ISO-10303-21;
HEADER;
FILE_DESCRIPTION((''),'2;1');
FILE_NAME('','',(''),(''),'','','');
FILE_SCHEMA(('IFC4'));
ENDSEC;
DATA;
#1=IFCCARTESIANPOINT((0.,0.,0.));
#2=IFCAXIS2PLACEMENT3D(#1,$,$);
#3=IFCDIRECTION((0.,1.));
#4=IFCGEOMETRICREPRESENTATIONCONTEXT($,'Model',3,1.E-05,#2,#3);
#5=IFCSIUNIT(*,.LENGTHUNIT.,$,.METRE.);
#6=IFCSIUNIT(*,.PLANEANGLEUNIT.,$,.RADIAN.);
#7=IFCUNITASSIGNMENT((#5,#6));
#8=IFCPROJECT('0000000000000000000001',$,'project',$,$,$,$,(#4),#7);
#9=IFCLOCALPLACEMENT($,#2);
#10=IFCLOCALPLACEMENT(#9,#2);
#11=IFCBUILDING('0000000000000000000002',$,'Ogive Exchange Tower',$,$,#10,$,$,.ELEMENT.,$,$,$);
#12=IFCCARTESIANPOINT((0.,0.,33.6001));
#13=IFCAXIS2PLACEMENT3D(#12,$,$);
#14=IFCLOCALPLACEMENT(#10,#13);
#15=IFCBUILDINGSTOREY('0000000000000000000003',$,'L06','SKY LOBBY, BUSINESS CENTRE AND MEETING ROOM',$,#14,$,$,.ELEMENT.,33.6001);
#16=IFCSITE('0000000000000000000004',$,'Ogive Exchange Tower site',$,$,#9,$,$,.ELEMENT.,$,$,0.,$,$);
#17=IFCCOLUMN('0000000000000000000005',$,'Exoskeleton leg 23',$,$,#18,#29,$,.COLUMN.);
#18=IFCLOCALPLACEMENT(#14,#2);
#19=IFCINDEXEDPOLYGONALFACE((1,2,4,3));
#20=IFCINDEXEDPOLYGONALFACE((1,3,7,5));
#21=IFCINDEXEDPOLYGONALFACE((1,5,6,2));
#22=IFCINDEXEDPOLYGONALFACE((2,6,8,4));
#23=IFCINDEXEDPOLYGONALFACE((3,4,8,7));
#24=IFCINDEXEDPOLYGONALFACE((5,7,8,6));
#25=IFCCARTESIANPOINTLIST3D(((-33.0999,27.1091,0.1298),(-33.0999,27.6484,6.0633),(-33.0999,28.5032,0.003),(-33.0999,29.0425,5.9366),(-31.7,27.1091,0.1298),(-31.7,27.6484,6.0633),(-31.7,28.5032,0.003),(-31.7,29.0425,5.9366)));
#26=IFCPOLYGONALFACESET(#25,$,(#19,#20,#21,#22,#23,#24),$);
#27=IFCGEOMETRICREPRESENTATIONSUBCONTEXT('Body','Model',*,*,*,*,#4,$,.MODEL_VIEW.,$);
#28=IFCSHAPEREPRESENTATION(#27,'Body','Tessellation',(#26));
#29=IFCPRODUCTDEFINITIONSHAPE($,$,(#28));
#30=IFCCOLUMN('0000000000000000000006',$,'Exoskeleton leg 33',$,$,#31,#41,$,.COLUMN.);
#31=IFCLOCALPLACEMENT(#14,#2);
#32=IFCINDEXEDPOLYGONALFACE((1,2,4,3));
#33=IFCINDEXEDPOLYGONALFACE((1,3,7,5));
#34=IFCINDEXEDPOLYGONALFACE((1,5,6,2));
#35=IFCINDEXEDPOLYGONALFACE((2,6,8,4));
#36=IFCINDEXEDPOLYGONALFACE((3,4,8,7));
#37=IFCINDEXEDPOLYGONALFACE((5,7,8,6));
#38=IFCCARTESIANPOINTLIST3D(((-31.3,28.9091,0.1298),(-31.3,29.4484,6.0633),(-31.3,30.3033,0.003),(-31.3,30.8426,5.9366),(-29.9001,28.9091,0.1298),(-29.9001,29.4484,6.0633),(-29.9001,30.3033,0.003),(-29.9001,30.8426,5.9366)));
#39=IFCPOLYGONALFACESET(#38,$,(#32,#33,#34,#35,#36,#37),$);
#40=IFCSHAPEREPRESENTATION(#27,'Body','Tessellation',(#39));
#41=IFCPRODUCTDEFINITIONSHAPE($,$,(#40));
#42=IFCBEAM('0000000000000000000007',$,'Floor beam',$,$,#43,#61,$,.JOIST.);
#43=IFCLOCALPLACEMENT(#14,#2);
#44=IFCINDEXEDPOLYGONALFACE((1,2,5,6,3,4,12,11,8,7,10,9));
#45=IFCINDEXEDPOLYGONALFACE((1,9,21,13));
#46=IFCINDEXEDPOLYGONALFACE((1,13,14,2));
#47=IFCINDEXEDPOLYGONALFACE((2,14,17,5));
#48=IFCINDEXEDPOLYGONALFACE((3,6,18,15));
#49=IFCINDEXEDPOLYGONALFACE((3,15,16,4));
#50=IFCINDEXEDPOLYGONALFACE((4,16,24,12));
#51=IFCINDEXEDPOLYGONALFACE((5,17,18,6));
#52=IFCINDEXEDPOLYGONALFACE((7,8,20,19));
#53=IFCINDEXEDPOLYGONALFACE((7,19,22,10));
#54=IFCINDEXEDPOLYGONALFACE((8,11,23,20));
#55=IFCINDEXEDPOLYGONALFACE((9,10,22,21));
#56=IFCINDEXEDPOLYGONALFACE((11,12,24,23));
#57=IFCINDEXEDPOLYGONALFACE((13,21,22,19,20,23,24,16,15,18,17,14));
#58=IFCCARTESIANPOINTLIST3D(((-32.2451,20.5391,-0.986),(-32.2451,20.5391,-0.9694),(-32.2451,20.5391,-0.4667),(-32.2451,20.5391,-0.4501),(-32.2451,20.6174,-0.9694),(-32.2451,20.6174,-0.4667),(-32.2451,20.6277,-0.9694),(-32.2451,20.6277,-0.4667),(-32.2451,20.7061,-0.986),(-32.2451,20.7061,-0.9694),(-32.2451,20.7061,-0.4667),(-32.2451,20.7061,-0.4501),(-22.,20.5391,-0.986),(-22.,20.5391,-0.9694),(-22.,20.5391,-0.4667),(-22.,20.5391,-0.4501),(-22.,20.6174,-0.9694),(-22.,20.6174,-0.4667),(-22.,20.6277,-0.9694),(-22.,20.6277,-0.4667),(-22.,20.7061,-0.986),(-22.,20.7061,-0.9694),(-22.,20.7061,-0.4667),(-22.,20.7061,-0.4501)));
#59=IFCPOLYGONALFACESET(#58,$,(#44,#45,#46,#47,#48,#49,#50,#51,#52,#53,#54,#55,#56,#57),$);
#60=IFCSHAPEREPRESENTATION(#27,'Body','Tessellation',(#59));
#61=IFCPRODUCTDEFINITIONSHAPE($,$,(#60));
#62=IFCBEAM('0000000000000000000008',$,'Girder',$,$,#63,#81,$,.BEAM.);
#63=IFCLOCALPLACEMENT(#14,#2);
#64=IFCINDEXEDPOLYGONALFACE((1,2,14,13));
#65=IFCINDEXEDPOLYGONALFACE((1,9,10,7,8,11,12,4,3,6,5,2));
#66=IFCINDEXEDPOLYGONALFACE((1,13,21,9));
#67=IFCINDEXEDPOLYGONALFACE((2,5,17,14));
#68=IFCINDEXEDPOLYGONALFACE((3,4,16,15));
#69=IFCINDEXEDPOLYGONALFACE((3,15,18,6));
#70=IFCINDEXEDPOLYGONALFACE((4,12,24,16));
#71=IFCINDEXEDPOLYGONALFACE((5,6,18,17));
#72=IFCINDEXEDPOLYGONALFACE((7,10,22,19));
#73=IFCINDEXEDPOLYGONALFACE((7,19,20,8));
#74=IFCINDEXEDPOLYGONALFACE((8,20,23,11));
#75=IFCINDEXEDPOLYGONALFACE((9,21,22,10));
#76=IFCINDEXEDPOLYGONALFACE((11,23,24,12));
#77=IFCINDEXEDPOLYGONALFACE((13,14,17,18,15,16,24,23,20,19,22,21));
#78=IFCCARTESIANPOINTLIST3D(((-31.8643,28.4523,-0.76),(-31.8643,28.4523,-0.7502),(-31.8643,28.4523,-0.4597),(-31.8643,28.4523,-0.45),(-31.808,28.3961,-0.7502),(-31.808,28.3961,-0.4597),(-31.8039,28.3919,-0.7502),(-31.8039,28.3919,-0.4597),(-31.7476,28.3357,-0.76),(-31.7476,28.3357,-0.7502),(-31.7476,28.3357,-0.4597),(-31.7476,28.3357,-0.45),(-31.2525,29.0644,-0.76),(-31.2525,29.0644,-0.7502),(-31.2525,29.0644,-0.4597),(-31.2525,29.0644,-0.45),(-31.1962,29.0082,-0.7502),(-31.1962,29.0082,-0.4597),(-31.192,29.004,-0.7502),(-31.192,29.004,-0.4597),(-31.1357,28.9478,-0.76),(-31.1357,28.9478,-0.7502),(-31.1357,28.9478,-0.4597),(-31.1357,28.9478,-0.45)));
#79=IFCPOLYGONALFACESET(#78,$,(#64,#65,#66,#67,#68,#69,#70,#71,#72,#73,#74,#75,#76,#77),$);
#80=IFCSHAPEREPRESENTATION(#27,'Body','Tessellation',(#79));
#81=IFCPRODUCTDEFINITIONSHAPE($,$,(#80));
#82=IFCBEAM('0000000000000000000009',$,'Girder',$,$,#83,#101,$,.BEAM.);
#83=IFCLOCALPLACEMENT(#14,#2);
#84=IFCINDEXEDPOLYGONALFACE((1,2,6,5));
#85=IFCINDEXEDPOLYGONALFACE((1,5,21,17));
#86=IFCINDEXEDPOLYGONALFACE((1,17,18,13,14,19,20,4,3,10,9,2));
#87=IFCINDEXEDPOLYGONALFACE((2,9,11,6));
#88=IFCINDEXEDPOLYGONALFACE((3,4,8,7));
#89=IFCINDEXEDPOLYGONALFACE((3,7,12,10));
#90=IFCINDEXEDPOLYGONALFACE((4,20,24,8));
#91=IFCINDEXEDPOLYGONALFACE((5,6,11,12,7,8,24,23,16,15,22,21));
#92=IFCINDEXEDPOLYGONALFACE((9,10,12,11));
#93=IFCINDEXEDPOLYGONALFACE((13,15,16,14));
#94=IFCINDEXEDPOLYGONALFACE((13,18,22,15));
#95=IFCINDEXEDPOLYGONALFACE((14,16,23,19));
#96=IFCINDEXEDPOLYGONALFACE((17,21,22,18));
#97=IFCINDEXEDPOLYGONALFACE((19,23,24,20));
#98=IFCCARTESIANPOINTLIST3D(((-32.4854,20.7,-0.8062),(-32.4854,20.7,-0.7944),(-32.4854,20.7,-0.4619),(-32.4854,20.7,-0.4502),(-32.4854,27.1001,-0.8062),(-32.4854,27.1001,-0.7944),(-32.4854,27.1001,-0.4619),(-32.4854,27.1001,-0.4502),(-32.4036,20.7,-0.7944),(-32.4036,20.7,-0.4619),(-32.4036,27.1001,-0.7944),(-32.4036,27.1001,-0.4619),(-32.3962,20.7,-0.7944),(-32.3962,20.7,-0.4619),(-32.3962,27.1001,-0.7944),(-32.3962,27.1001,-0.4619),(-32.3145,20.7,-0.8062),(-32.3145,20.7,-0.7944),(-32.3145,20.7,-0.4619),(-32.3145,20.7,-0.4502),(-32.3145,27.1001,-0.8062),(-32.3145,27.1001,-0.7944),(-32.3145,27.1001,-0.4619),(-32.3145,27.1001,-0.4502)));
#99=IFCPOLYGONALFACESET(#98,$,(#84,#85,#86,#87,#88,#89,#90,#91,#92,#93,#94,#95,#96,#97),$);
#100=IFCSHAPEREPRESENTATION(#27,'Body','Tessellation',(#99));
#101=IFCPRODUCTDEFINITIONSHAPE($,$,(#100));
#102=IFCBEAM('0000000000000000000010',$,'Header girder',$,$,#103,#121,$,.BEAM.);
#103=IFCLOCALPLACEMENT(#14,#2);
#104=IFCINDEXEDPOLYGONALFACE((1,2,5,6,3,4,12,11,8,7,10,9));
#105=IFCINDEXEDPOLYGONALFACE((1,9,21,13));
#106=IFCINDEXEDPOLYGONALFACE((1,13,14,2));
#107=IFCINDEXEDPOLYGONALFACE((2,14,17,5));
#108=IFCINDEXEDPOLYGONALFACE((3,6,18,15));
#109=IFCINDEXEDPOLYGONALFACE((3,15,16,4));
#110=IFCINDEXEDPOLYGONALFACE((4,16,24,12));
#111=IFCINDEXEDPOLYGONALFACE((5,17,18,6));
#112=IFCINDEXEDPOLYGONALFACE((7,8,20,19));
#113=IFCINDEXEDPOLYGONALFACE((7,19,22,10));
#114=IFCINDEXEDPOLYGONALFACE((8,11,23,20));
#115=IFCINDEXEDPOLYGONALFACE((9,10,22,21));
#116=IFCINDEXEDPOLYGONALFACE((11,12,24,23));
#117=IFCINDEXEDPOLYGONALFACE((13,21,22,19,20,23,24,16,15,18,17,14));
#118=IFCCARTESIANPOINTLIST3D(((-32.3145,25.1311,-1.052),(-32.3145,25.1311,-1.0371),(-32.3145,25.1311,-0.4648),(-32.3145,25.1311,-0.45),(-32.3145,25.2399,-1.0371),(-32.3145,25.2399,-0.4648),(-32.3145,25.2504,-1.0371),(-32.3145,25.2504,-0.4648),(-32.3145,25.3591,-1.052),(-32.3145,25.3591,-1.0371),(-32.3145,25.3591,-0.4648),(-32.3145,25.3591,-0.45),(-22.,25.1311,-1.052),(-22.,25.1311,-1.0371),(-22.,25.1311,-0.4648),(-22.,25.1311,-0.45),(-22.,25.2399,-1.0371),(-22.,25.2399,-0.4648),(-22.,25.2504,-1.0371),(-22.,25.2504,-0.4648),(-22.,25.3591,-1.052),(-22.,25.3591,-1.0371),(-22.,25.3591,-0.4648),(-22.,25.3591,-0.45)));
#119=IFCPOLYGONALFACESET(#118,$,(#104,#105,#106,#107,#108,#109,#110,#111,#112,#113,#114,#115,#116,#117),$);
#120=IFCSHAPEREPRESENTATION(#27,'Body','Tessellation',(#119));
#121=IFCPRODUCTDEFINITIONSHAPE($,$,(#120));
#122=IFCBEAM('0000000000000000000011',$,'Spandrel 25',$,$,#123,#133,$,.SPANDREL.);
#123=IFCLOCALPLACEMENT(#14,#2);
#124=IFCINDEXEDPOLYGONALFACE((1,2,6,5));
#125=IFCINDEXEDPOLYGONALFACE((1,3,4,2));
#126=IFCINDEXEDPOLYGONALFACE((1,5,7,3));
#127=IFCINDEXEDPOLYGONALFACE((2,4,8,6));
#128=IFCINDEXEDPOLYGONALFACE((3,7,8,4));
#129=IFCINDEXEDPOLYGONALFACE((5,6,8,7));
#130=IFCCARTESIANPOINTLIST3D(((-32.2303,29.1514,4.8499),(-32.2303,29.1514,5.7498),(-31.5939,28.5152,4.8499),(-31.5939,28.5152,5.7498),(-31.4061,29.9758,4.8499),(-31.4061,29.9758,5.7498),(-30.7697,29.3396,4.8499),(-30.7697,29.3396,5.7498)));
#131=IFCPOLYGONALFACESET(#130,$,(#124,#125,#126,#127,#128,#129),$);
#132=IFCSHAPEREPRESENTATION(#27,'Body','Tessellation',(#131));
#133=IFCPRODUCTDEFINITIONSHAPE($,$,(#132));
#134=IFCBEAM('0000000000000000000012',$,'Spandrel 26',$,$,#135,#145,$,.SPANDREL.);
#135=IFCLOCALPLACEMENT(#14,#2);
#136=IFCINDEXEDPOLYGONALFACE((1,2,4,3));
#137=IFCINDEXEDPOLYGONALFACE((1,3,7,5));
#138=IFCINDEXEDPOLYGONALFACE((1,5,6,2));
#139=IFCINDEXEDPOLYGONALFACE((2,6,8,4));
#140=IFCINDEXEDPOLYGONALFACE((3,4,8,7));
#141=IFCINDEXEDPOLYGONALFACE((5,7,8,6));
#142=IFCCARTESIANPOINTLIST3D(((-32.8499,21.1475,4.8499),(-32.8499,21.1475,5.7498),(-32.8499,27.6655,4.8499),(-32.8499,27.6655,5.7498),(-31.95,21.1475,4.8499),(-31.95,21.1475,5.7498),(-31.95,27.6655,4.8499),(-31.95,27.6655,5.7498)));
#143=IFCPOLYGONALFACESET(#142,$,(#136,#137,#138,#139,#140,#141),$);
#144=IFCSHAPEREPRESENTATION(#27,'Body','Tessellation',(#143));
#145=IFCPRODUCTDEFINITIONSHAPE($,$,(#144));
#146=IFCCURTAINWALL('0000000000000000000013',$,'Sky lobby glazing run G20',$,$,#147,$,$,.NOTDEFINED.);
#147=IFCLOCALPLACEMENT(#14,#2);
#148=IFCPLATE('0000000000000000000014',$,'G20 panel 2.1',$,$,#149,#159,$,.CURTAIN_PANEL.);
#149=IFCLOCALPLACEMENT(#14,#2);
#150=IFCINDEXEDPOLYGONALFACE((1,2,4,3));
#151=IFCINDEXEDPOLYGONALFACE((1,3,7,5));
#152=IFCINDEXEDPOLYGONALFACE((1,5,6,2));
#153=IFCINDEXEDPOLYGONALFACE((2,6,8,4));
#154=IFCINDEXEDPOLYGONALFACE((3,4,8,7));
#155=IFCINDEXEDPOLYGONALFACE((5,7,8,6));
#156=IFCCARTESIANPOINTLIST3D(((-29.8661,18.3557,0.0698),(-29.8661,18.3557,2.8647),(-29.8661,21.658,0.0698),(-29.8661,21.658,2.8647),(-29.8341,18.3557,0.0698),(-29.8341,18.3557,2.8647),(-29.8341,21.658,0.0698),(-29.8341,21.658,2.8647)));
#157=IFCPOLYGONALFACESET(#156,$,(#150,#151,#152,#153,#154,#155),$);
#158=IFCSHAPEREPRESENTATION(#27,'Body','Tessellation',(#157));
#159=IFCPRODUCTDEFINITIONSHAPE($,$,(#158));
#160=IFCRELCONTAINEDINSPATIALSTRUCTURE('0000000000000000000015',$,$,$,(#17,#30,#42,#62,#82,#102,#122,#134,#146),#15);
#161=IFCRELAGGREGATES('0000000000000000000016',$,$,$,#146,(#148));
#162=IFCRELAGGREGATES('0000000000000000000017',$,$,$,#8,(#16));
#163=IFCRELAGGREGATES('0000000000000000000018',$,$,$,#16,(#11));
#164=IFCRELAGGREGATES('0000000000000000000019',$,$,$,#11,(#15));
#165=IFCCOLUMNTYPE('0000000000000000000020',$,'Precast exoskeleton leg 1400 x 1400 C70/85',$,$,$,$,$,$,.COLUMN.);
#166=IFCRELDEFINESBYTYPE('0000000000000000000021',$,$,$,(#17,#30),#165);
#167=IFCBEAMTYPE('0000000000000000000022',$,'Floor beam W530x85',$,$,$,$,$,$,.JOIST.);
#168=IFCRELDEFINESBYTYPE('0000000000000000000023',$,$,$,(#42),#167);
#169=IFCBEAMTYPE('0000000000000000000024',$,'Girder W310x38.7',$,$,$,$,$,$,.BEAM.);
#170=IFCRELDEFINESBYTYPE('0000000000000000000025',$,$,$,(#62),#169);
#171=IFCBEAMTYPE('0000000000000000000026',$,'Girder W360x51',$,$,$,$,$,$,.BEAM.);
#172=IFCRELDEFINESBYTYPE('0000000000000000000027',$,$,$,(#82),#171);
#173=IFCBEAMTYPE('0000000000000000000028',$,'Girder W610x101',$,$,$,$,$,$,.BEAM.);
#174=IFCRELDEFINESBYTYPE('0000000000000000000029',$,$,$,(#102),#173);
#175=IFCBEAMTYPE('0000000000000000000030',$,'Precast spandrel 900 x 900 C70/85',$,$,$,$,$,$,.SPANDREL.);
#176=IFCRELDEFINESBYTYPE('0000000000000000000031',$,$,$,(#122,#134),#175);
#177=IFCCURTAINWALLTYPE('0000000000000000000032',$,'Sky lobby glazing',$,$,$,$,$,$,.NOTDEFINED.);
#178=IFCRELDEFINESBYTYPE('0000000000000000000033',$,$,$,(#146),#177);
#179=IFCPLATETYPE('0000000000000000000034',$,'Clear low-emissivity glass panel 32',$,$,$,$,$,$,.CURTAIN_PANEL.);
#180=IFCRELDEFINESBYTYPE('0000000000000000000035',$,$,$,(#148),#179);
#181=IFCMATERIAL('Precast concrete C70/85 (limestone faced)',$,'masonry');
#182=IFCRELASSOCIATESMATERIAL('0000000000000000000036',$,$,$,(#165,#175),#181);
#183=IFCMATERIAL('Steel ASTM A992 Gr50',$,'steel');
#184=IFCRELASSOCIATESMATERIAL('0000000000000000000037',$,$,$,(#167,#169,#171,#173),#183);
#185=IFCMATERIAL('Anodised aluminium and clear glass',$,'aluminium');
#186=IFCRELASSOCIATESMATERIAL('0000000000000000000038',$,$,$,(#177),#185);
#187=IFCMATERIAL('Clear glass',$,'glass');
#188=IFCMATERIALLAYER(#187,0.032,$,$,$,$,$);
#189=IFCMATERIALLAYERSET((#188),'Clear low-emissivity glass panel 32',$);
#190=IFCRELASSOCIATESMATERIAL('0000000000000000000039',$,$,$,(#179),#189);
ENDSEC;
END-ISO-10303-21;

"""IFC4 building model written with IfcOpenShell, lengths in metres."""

from ifc_helpers import new_model, si_unit, direction, frame, origin, origin_2d, place, context, subcontext, project, spatial, rectangle, i_section, extrude, material, layer, layer_set, material_profile, profile_set, type_object, element, aggregate, save


model = new_model("IFC4")

# Units and contexts
model_context = context("Model", 3, precision=1e-05, world=origin(), true_north=direction((0.0, 1.0)))
body_context = subcontext(model_context, "Body", "Model", "MODEL_VIEW")
ifc_project = project(units=[si_unit("LENGTHUNIT", "METRE"), si_unit("PLANEANGLEUNIT", "RADIAN")], contexts=[model_context])

# Site, building, storey
site_placement = place(None, origin())
site = spatial("IfcSite", under=ifc_project, at=site_placement, Name="Ogive Exchange Tower site", CompositionType="ELEMENT", RefElevation=0.0)
building_placement = place(site_placement, origin())
building = spatial("IfcBuilding", under=site, at=building_placement, Name="Ogive Exchange Tower", CompositionType="ELEMENT")
storey_placement = place(building_placement, frame((0.0, 0.0, 33.6001)))
storey = spatial("IfcBuildingStorey", under=building, at=storey_placement, Name="L06", Description="SKY LOBBY, BUSINESS CENTRE AND MEETING ROOM", CompositionType="ELEMENT", Elevation=33.6001)

# Columns
ifc_material_1 = material(Name="Precast concrete C70/85 (limestone faced)", Category="masonry")
ifc_material_profile_1 = material_profile(ifc_material_1, rectangle(XDim=1.3999, YDim=1.3999, at=origin_2d()), Name="1400 x 1400")
ifc_profile_set_1 = profile_set([ifc_material_profile_1], Name="Precast concrete C70/85 (limestone faced)")
column_type = type_object("IfcColumnType", Name="Precast exoskeleton leg 1400 x 1400 C70/85", PredefinedType="COLUMN", material=ifc_profile_set_1)
for number, where, z_axis, x_axis, name in (
    (1, (-32.3999, 27.8062, 0.0664), (0.0, 0.090517, 0.995895), (-1.0, 0.0, 0.0), "Exoskeleton leg 23"),
    (2, (-30.6001, 29.6062, 0.0664), (0.0, 0.090517, 0.995895), (-1.0, 0.0, 0.0), "Exoskeleton leg 33"),
):
    element("IfcColumn", number, at=place(storey_placement, frame(where, z_axis=z_axis, x_axis=x_axis)), inside=storey, type_object=column_type, Name=name, PredefinedType="COLUMN", context=body_context, shape_type="SweptSolid", body=[
        extrude(rectangle(XDim=1.3999, YDim=1.3999, at=origin_2d()), origin(), (0.0, 0.0, 1.0), 5.958),
    ])

# Beams
ifc_material_2 = material(Name="Steel ASTM A992 Gr50", Category="steel")
ifc_material_profile_2 = material_profile(ifc_material_2, i_section(OverallWidth=0.167, OverallDepth=0.5359, WebThickness=0.0103, FlangeThickness=0.0166, at=origin_2d()), Name="W530x85")
ifc_profile_set_2 = profile_set([ifc_material_profile_2], Name="Steel ASTM A992 Gr50")
beam_type_1 = type_object("IfcBeamType", Name="Floor beam W530x85", PredefinedType="JOIST", material=ifc_profile_set_2)
beam_1_placement = place(storey_placement, frame((-32.2451, 20.6226, -0.718), z_axis=(1.0, 0.0, 0.0), x_axis=(0.0, 1.0, 0.0)))
element("IfcBeam", 3, at=beam_1_placement, inside=storey, type_object=beam_type_1, Name="Floor beam", PredefinedType="JOIST", context=body_context, shape_type="SweptSolid", body=[
    extrude(i_section(OverallWidth=0.167, OverallDepth=0.5359, WebThickness=0.0103, FlangeThickness=0.0166, at=origin_2d()), origin(), (0.0, 0.0, 1.0), 10.2451),
])
ifc_material_profile_3 = material_profile(ifc_material_2, i_section(OverallWidth=0.165, OverallDepth=0.3101, WebThickness=0.0059, FlangeThickness=0.0098, at=origin_2d()), Name="W310x38.7")
ifc_profile_set_3 = profile_set([ifc_material_profile_3], Name="Steel ASTM A992 Gr50")
beam_type_2 = type_object("IfcBeamType", Name="Girder W310x38.7", PredefinedType="BEAM", material=ifc_profile_set_3)
beam_2_placement = place(storey_placement, frame((-31.1941, 29.0061, -0.605), z_axis=(-0.706966, -0.707248, 0.0), x_axis=(0.707248, -0.706966, 0.0)))
element("IfcBeam", 4, at=beam_2_placement, inside=storey, type_object=beam_type_2, Name="Girder", PredefinedType="BEAM", context=body_context, shape_type="SweptSolid", body=[
    extrude(i_section(OverallWidth=0.165, OverallDepth=0.3101, WebThickness=0.0059, FlangeThickness=0.0098, at=origin_2d()), origin(), (0.0, 0.0, 1.0), 0.8655),
])
ifc_material_profile_4 = material_profile(ifc_material_2, i_section(OverallWidth=0.1709, OverallDepth=0.356, WebThickness=0.0073, FlangeThickness=0.0117, at=origin_2d()), Name="W360x51")
ifc_profile_set_4 = profile_set([ifc_material_profile_4], Name="Steel ASTM A992 Gr50")
beam_type_3 = type_object("IfcBeamType", Name="Girder W360x51", PredefinedType="BEAM", material=ifc_profile_set_4)
beam_3_placement = place(storey_placement, frame((-32.3999, 27.1001, -0.6282), z_axis=(0.0, -1.0, 0.0), x_axis=(1.0, 0.0, 0.0)))
element("IfcBeam", 5, at=beam_3_placement, inside=storey, type_object=beam_type_3, Name="Girder", PredefinedType="BEAM", context=body_context, shape_type="SweptSolid", body=[
    extrude(i_section(OverallWidth=0.1709, OverallDepth=0.356, WebThickness=0.0073, FlangeThickness=0.0117, at=origin_2d()), origin(), (0.0, 0.0, 1.0), 6.4001),
])
ifc_material_profile_5 = material_profile(ifc_material_2, i_section(OverallWidth=0.228, OverallDepth=0.6021, WebThickness=0.0105, FlangeThickness=0.0149, at=origin_2d()), Name="W610x101")
ifc_profile_set_5 = profile_set([ifc_material_profile_5], Name="Steel ASTM A992 Gr50")
beam_type_4 = type_object("IfcBeamType", Name="Girder W610x101", PredefinedType="BEAM", material=ifc_profile_set_5)
beam_4_placement = place(storey_placement, frame((-32.3145, 25.2451, -0.751), z_axis=(1.0, 0.0, 0.0), x_axis=(0.0, 1.0, 0.0)))
element("IfcBeam", 6, at=beam_4_placement, inside=storey, type_object=beam_type_4, Name="Header girder", PredefinedType="BEAM", context=body_context, shape_type="SweptSolid", body=[
    extrude(i_section(OverallWidth=0.228, OverallDepth=0.6021, WebThickness=0.0105, FlangeThickness=0.0149, at=origin_2d()), origin(), (0.0, 0.0, 1.0), 10.3145),
])
ifc_material_profile_6 = material_profile(ifc_material_1, rectangle(XDim=0.8999, YDim=0.8999, at=origin_2d()), Name="900 x 900")
ifc_profile_set_6 = profile_set([ifc_material_profile_6], Name="Precast concrete C70/85 (limestone faced)")
beam_type_5 = type_object("IfcBeamType", Name="Precast spandrel 900 x 900 C70/85", PredefinedType="SPANDREL", material=ifc_profile_set_6)
beam_5_placement = place(storey_placement, frame((-31.0879, 29.6577, 5.2998), z_axis=(-0.707002, -0.707211, 0.0), x_axis=(0.707211, -0.707002, 0.0)))
element("IfcBeam", 7, at=beam_5_placement, inside=storey, type_object=beam_type_5, Name="Spandrel 25", PredefinedType="SPANDREL", context=body_context, shape_type="SweptSolid", body=[
    extrude(rectangle(XDim=0.8999, YDim=0.8999, at=origin_2d()), origin(), (0.0, 0.0, 1.0), 1.1658),
])
beam_6_placement = place(storey_placement, frame((-32.3999, 27.6655, 5.2998), z_axis=(0.0, -1.0, 0.0), x_axis=(1.0, 0.0, 0.0)))
element("IfcBeam", 8, at=beam_6_placement, inside=storey, type_object=beam_type_5, Name="Spandrel 26", PredefinedType="SPANDREL", context=body_context, shape_type="SweptSolid", body=[
    extrude(rectangle(XDim=0.8999, YDim=0.8999, at=origin_2d()), origin(), (0.0, 0.0, 1.0), 6.5181),
])

# Curtain wall, plate
ifc_material_3 = material(Name="Anodised aluminium and clear glass", Category="aluminium")
curtain_wall_type = type_object("IfcCurtainWallType", Name="Sky lobby glazing", PredefinedType="NOTDEFINED", material=ifc_material_3)
curtain_wall_placement = place(storey_placement, origin())
curtain_wall = element("IfcCurtainWall", 9, at=curtain_wall_placement, inside=storey, type_object=curtain_wall_type, Name="Sky lobby glazing run G20", PredefinedType="NOTDEFINED")
ifc_material_4 = material(Name="Clear glass", Category="glass")
ifc_layer_1 = layer(ifc_material_4, 0.032)
ifc_layer_set_1 = layer_set([ifc_layer_1], Name="Clear low-emissivity glass panel 32")
plate_type = type_object("IfcPlateType", Name="Clear low-emissivity glass panel 32", PredefinedType="CURTAIN_PANEL", material=ifc_layer_set_1)
plate_placement = place(storey_placement, frame((-29.8501, 20.0068, 0.0698), z_axis=(0.0, 0.0, 1.0), x_axis=(0.0, -1.0, 0.0)))
plate = element("IfcPlate", 10, at=plate_placement, type_object=plate_type, Name="G20 panel 2.1", PredefinedType="CURTAIN_PANEL", context=body_context, shape_type="SweptSolid", body=[
    extrude(rectangle(XDim=3.3022, YDim=0.032, at=origin_2d()), origin(), (0.0, 0.0, 1.0), 2.7949),
])
aggregate(curtain_wall, [plate])

save(model, "model.ifc")
